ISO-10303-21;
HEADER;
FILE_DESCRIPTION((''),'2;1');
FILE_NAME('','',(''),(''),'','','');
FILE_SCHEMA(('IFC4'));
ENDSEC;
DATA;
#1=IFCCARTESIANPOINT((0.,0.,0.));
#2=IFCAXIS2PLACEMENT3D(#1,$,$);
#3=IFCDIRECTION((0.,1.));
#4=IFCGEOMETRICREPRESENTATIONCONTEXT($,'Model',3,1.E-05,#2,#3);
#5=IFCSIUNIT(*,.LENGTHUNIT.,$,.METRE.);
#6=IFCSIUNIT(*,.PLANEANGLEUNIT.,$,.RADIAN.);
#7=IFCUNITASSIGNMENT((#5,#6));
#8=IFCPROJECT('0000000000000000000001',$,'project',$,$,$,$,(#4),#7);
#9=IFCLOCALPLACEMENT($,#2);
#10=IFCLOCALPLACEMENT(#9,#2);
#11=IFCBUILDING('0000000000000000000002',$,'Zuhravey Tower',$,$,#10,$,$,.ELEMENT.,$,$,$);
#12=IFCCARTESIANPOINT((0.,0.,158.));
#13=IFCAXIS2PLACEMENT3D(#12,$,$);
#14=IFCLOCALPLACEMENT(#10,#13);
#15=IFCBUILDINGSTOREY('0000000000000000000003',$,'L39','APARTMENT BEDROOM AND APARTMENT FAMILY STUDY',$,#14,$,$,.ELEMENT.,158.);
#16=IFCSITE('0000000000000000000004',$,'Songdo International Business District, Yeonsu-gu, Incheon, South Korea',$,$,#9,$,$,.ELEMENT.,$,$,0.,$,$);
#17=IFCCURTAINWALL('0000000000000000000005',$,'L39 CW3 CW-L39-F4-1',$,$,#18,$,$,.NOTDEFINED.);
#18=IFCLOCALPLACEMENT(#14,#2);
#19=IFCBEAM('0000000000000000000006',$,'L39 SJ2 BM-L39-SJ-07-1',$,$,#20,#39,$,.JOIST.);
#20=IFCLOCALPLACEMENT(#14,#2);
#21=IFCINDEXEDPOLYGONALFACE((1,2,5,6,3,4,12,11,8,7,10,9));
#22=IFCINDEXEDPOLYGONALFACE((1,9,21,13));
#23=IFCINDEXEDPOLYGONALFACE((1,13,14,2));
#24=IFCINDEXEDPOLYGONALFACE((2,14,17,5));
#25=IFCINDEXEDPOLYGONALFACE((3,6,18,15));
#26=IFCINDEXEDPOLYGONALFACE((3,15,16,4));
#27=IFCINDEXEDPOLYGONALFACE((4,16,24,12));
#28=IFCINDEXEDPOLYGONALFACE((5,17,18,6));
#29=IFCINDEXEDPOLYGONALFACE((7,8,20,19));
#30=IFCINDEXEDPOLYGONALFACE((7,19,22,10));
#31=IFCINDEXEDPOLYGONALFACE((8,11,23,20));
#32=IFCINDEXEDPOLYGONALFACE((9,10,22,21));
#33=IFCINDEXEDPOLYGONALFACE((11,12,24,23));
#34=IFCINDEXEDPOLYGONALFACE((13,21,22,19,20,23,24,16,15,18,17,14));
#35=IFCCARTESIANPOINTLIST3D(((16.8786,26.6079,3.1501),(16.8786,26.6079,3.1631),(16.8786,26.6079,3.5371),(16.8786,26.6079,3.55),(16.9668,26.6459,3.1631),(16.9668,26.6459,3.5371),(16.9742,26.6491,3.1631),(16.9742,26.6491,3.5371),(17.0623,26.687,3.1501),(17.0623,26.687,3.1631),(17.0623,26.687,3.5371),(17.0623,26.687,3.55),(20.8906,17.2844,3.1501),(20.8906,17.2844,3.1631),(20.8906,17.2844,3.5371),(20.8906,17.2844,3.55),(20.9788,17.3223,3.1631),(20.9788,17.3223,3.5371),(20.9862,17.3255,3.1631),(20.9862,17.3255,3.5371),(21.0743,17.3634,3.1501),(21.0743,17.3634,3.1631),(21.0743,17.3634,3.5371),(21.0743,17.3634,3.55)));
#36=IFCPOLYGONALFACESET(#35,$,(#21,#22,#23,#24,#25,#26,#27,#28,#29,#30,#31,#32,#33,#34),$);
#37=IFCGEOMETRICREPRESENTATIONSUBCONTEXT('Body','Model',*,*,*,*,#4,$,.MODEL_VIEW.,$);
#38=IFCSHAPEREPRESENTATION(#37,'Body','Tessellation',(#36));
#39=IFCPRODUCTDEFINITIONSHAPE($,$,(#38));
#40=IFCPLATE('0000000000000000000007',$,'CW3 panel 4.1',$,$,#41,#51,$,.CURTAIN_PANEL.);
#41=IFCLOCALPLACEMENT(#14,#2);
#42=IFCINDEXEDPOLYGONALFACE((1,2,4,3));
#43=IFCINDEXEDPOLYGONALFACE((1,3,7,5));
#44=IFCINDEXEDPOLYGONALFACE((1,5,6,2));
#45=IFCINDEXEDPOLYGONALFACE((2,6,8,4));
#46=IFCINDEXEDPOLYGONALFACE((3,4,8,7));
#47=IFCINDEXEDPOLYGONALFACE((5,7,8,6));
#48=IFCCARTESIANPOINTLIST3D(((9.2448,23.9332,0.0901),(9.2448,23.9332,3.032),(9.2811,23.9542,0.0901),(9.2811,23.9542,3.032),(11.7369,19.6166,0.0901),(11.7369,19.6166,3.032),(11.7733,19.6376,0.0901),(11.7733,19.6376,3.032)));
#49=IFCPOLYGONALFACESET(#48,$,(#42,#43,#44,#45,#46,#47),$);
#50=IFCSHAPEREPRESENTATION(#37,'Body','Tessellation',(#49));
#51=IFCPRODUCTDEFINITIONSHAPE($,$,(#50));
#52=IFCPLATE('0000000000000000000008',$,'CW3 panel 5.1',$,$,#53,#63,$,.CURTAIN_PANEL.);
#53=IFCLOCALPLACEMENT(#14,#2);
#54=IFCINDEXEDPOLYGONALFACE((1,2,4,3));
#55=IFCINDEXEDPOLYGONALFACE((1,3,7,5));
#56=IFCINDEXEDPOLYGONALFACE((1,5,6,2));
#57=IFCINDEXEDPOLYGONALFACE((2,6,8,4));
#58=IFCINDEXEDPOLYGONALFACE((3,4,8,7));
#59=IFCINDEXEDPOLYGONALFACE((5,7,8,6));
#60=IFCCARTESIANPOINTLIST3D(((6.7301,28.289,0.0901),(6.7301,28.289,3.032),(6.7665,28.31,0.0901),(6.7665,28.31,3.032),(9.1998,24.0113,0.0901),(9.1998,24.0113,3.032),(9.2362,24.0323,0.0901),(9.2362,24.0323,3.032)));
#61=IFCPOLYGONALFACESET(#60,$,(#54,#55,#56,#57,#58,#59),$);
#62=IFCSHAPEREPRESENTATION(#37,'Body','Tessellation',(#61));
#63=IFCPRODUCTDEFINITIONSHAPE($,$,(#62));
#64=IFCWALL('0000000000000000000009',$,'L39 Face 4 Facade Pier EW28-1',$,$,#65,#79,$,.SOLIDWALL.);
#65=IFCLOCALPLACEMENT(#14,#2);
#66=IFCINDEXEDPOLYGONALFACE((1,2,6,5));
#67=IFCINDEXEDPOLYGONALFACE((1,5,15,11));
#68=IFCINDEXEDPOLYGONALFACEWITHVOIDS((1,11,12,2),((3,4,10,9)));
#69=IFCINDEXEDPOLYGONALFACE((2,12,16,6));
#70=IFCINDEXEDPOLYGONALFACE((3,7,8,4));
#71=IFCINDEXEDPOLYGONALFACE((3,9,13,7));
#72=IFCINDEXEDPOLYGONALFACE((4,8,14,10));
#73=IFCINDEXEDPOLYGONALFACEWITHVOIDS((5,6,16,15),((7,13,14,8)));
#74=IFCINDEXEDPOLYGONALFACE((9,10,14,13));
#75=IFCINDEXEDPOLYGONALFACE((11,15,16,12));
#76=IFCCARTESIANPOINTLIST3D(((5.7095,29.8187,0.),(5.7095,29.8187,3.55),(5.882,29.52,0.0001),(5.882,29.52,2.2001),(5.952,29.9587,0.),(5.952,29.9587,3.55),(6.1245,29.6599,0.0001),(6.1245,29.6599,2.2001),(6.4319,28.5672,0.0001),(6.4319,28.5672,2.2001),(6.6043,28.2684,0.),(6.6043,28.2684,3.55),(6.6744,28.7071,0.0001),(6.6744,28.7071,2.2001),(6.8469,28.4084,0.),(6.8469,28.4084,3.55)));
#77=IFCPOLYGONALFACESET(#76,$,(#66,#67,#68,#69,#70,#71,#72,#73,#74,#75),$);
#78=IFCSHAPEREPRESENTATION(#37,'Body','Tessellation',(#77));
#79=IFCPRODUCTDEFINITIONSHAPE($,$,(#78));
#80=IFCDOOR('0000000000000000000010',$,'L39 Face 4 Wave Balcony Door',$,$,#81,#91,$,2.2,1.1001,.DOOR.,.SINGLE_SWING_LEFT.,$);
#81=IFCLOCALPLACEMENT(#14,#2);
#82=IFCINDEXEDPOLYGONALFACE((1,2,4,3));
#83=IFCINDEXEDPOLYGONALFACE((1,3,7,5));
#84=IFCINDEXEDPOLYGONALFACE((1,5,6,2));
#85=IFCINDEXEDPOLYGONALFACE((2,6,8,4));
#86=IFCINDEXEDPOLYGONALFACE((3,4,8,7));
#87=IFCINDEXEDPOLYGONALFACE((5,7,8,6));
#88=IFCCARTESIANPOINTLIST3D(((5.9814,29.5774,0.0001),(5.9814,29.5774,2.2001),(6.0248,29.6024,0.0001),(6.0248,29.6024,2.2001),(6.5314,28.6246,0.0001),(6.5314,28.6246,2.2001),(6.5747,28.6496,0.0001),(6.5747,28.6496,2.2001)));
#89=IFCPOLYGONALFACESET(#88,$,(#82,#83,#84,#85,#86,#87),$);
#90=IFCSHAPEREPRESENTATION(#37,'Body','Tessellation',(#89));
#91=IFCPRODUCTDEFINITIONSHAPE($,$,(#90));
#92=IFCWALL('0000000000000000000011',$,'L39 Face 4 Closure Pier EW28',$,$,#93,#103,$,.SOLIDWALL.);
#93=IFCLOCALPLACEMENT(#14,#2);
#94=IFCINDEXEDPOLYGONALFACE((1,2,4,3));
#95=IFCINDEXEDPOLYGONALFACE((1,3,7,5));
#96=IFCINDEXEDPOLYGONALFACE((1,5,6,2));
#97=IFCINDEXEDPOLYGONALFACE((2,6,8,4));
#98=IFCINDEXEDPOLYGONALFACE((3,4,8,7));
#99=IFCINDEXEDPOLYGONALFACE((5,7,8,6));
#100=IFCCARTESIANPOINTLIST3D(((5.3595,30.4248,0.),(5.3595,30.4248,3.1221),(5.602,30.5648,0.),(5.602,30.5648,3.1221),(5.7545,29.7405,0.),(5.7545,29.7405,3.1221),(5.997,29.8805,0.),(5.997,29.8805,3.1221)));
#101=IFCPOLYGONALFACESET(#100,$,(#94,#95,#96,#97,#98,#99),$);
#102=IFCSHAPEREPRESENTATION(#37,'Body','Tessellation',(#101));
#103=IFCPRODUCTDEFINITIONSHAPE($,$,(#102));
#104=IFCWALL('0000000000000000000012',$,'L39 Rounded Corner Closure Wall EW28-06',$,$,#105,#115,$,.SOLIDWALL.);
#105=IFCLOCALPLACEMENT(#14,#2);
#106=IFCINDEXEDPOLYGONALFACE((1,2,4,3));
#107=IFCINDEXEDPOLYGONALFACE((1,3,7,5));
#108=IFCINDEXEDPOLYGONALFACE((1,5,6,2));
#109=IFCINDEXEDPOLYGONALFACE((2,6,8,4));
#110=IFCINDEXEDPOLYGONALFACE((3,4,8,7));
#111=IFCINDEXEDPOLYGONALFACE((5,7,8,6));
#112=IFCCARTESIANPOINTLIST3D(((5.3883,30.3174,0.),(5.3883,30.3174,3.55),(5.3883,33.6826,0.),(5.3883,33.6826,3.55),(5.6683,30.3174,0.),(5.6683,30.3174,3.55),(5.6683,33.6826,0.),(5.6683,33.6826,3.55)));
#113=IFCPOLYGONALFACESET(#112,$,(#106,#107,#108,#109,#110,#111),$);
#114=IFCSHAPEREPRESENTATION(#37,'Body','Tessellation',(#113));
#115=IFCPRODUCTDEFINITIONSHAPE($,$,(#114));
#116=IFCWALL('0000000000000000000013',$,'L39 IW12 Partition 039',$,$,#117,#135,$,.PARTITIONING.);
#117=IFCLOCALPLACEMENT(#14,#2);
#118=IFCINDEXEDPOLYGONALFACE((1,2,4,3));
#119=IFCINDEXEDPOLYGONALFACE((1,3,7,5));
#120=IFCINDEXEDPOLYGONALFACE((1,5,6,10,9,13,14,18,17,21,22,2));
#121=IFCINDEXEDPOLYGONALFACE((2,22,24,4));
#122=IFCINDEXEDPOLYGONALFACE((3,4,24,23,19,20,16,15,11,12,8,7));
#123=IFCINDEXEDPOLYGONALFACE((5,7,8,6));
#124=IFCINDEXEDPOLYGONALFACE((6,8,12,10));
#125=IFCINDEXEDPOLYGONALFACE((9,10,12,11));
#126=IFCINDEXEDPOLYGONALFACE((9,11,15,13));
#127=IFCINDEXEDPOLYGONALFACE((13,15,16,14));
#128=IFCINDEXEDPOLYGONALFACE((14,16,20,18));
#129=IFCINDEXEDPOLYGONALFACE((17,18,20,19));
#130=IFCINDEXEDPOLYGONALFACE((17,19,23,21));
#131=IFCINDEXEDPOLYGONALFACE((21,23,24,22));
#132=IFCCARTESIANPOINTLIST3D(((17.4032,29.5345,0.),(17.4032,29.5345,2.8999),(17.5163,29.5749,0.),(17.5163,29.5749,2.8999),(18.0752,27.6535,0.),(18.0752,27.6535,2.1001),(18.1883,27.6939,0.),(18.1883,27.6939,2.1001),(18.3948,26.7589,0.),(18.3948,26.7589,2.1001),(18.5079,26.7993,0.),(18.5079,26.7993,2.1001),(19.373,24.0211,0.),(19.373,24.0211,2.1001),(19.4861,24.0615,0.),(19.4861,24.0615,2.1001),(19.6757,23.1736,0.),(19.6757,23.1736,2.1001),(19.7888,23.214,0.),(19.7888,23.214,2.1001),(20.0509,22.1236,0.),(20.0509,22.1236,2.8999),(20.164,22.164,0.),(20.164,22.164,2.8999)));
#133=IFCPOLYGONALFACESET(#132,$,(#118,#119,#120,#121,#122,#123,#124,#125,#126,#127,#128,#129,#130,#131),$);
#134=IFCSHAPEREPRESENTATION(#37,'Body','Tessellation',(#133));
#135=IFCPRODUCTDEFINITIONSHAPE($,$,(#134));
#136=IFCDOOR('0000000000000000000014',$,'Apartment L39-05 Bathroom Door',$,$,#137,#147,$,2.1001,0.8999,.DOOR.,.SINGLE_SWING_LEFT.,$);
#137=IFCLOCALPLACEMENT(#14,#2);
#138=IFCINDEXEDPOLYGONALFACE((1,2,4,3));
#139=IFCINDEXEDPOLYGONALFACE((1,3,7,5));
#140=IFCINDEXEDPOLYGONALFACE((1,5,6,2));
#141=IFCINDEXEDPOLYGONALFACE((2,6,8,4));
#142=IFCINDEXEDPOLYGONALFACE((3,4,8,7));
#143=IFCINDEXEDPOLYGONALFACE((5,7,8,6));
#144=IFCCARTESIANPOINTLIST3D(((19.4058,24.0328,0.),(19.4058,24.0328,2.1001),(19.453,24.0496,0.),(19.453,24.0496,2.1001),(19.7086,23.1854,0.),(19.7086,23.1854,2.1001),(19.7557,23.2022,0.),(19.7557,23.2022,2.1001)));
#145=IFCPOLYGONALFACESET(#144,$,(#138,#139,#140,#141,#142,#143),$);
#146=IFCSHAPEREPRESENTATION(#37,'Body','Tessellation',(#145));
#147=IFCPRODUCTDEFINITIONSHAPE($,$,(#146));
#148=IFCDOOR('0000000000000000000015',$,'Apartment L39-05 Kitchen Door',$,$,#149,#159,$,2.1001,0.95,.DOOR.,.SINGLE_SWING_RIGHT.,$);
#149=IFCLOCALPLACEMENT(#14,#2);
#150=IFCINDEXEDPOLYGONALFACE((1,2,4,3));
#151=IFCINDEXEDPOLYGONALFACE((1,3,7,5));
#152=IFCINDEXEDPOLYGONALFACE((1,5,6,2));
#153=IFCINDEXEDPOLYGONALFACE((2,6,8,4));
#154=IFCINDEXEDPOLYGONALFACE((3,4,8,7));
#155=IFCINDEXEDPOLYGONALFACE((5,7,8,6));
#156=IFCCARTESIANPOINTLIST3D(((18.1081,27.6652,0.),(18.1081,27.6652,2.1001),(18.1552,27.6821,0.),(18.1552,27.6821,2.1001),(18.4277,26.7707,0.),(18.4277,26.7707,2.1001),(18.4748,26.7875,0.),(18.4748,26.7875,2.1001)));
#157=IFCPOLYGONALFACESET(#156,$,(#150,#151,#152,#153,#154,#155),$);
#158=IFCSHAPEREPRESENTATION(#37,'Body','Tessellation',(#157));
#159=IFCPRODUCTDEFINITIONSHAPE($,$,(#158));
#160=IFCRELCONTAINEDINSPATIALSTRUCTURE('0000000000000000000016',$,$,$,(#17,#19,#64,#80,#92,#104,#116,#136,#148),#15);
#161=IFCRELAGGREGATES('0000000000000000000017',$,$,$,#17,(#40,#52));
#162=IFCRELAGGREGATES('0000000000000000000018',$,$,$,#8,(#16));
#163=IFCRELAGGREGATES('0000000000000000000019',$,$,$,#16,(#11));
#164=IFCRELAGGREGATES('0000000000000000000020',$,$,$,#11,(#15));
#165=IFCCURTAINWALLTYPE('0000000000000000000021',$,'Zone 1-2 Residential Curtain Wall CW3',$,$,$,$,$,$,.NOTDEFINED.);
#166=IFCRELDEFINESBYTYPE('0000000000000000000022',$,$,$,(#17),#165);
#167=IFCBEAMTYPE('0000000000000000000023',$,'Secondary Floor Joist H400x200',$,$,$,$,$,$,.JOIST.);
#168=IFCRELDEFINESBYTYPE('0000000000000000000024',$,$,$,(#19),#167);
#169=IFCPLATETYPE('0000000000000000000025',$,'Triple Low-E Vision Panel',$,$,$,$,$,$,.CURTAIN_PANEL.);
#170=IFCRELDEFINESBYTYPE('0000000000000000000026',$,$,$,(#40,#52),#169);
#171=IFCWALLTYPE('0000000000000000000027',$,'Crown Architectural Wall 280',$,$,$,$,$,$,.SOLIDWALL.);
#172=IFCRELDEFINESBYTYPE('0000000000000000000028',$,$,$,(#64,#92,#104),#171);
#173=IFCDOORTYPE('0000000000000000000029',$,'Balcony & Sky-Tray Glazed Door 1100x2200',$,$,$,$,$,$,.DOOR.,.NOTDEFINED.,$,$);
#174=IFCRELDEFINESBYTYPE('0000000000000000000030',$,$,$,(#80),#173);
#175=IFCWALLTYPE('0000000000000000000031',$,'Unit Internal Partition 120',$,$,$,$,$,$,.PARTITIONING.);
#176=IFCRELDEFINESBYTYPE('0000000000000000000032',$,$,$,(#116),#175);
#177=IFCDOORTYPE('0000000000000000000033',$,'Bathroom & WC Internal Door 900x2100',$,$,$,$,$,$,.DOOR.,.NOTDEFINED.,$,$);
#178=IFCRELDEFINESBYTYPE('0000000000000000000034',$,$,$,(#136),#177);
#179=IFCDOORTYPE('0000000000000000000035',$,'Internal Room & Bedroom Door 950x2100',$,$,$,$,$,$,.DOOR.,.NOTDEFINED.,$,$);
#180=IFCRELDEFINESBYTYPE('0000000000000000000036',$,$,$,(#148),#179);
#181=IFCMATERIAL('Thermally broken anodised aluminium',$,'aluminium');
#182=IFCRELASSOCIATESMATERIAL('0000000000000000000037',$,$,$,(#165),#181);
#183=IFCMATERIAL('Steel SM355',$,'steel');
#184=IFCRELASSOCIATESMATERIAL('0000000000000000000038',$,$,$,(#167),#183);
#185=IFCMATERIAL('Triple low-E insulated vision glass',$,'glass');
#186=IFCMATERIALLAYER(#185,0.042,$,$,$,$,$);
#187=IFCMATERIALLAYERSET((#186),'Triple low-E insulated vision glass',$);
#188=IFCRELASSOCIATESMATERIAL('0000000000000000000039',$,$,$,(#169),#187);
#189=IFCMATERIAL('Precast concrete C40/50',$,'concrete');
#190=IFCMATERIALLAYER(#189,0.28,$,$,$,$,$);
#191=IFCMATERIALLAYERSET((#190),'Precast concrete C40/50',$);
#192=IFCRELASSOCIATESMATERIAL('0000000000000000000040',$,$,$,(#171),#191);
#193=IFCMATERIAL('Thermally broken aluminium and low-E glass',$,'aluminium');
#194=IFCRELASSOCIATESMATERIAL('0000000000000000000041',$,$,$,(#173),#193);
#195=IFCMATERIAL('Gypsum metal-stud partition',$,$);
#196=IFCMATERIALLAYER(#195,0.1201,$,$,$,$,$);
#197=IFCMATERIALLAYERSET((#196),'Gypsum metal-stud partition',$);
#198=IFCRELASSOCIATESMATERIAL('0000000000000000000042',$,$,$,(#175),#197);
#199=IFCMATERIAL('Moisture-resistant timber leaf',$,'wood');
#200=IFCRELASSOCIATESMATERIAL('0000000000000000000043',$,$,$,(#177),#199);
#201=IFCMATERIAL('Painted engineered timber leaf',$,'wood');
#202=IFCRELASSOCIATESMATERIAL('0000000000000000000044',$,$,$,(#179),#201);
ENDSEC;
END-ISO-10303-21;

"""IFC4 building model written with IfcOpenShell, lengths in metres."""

from ifc_helpers import new_model, si_unit, direction, frame, frame_2d, origin, origin_2d, place, context, subcontext, project, spatial, rectangle, i_section, extrude, material, layer, layer_set, material_profile, profile_set, type_object, element, fill, aggregate, save


model = new_model("IFC4")

# Units and contexts
model_context = context("Model", 3, precision=1e-05, world=origin(), true_north=direction((0.0, 1.0)))
body_context = subcontext(model_context, "Body", "Model", "MODEL_VIEW")
ifc_project = project(units=[si_unit("LENGTHUNIT", "METRE"), si_unit("PLANEANGLEUNIT", "RADIAN")], contexts=[model_context])

# Site, building, storey
site_placement = place(None, origin())
site = spatial("IfcSite", under=ifc_project, at=site_placement, Name="Songdo International Business District, Yeonsu-gu, Incheon, South Korea", CompositionType="ELEMENT", RefElevation=0.0)
building_placement = place(site_placement, origin())
building = spatial("IfcBuilding", under=site, at=building_placement, Name="Zuhravey Tower", CompositionType="ELEMENT")
storey_placement = place(building_placement, frame((0.0, 0.0, 158.0)))
storey = spatial("IfcBuildingStorey", under=building, at=storey_placement, Name="L39", Description="APARTMENT BEDROOM AND APARTMENT FAMILY STUDY", CompositionType="ELEMENT", Elevation=158.0)

# Curtain wall
ifc_material_1 = material(Name="Thermally broken anodised aluminium", Category="aluminium")
curtain_wall_type = type_object("IfcCurtainWallType", Name="Zone 1-2 Residential Curtain Wall CW3", PredefinedType="NOTDEFINED", material=ifc_material_1)
curtain_wall_placement = place(storey_placement, origin())
curtain_wall = element("IfcCurtainWall", 1, at=curtain_wall_placement, inside=storey, type_object=curtain_wall_type, Name="L39 CW3 CW-L39-F4-1", PredefinedType="NOTDEFINED")

# Beam
ifc_material_2 = material(Name="Steel SM355", Category="steel")
ifc_material_profile_1 = material_profile(ifc_material_2, i_section(OverallWidth=0.2, OverallDepth=0.3999, WebThickness=0.0081, FlangeThickness=0.0129, at=origin_2d()), Name="H-400x200x8x13")
ifc_profile_set_1 = profile_set([ifc_material_profile_1], Name="Steel SM355")
beam_type_1 = type_object("IfcBeamType", Name="Secondary Floor Joist H400x200", PredefinedType="JOIST", material=ifc_profile_set_1)
beam_1_placement = place(storey_placement, frame((16.9705, 26.6475, 3.3501), z_axis=(0.395266, -0.918567, 0.0), x_axis=(0.918567, 0.395266, 0.0)))
element("IfcBeam", 2, at=beam_1_placement, inside=storey, type_object=beam_type_1, Name="L39 SJ2 BM-L39-SJ-07-1", PredefinedType="JOIST", context=body_context, shape_type="SweptSolid", body=[
    extrude(i_section(OverallWidth=0.2, OverallDepth=0.3999, WebThickness=0.0081, FlangeThickness=0.0129, at=origin_2d()), origin(), (0.0, 0.0, 1.0), 10.1501),
])

# Plates
ifc_material_3 = material(Name="Triple low-E insulated vision glass", Category="glass")
ifc_layer_1 = layer(ifc_material_3, 0.042)
ifc_layer_set_1 = layer_set([ifc_layer_1], Name="Triple low-E insulated vision glass")
plate_type = type_object("IfcPlateType", Name="Triple Low-E Vision Panel", PredefinedType="CURTAIN_PANEL", material=ifc_layer_set_1)
plate_1_placement = place(storey_placement, frame((10.509, 21.7854, 0.0901), z_axis=(0.0, 0.0, 1.0), x_axis=(-0.499999, 0.866026, 0.0)))
plate_1 = element("IfcPlate", 3, at=plate_1_placement, type_object=plate_type, Name="CW3 panel 4.1", PredefinedType="CURTAIN_PANEL", context=body_context, shape_type="SweptSolid", body=[
    extrude(rectangle(XDim=4.9844, YDim=0.042, at=origin_2d()), origin(), (0.0, 0.0, 1.0), 2.9419),
])
plate_2_placement = place(storey_placement, frame((7.9832, 26.1606, 0.0901), z_axis=(0.0, 0.0, 1.0), x_axis=(-0.499999, 0.866026, 0.0)))
plate_2 = element("IfcPlate", 4, at=plate_2_placement, type_object=plate_type, Name="CW3 panel 5.1", PredefinedType="CURTAIN_PANEL", context=body_context, shape_type="SweptSolid", body=[
    extrude(rectangle(XDim=4.9395, YDim=0.042, at=origin_2d()), origin(), (0.0, 0.0, 1.0), 2.9419),
])
aggregate(curtain_wall, [plate_1, plate_2])

# Wall, opening, door
ifc_material_4 = material(Name="Precast concrete C40/50", Category="concrete")
ifc_layer_2 = layer(ifc_material_4, 0.28)
ifc_layer_set_2 = layer_set([ifc_layer_2], Name="Precast concrete C40/50")
wall_type_1 = type_object("IfcWallType", Name="Crown Architectural Wall 280", PredefinedType="SOLIDWALL", material=ifc_layer_set_2)
wall_1_placement = place(storey_placement, frame((6.7256, 28.3384, 0.0), z_axis=(0.0, 0.0, 1.0), x_axis=(-0.49988, 0.866095, 0.0)))
wall_1 = element("IfcWall", 5, at=wall_1_placement, inside=storey, type_object=wall_type_1, Name="L39 Face 4 Facade Pier EW28-1", PredefinedType="SOLIDWALL", context=body_context, shape_type="SweptSolid", body=[
    extrude(rectangle(XDim=1.79, YDim=0.28, at=frame_2d((0.895, 0.0))), origin(), (0.0, 0.0, 1.0), 3.55),
])
opening_1_placement = place(wall_1_placement, frame((0.345, 0.0, 0.0)))
opening_1 = element("IfcOpeningElement", 6, at=opening_1_placement, cuts=wall_1, PredefinedType="OPENING", context=body_context, shape_type="SweptSolid", body=[
    extrude(rectangle(XDim=1.1001, YDim=2.2, at=frame_2d((0.55, 1.1001))), frame((0.0, 0.1521, 0.0), z_axis=(0.0, -1.0, 0.0), x_axis=(1.0, 0.0, 0.0)), (0.0, 0.0, 1.0), 0.304),
])
ifc_material_5 = material(Name="Thermally broken aluminium and low-E glass", Category="aluminium")
door_type_1 = type_object("IfcDoorType", Name="Balcony & Sky-Tray Glazed Door 1100x2200", OperationType="NOTDEFINED", PredefinedType="DOOR", material=ifc_material_5)
door_1_placement = place(opening_1_placement, frame((1.1001, 0.0, 0.0), z_axis=(0.0, 0.0, 1.0), x_axis=(-1.0, 0.0, 0.0)))
door_1 = element("IfcDoor", 7, at=door_1_placement, inside=storey, type_object=door_type_1, Name="L39 Face 4 Wave Balcony Door", OperationType="SINGLE_SWING_LEFT", OverallHeight=2.2, OverallWidth=1.1001, PredefinedType="DOOR", context=body_context, shape_type="SweptSolid", body=[
    extrude(rectangle(XDim=1.1001, YDim=2.2, at=frame_2d((0.55, 1.1001))), frame((0.0, 0.0249, 0.0), z_axis=(0.0, -1.0, 0.0), x_axis=(1.0, 0.0, 0.0)), (0.0, 0.0, 1.0), 0.05),
])
fill(opening_1, door_1)

# Walls
wall_2_placement = place(storey_placement, frame((5.8757, 29.8105, 0.0), z_axis=(0.0, 0.0, 1.0), x_axis=(-0.499928, 0.866067, 0.0)))
element("IfcWall", 8, at=wall_2_placement, inside=storey, type_object=wall_type_1, Name="L39 Face 4 Closure Pier EW28", PredefinedType="SOLIDWALL", context=body_context, shape_type="SweptSolid", body=[
    extrude(rectangle(XDim=0.79, YDim=0.28, at=frame_2d((0.395, 0.0))), origin(), (0.0, 0.0, 1.0), 3.1221),
])
wall_3_placement = place(storey_placement, frame((5.5283, 30.3174, 0.0), z_axis=(0.0, 0.0, 1.0), x_axis=(0.0, 1.0, 0.0)))
element("IfcWall", 9, at=wall_3_placement, inside=storey, type_object=wall_type_1, Name="L39 Rounded Corner Closure Wall EW28-06", PredefinedType="SOLIDWALL", context=body_context, shape_type="SweptSolid", body=[
    extrude(rectangle(XDim=3.3652, YDim=0.28, at=frame_2d((1.6826, 0.0))), origin(), (0.0, 0.0, 1.0), 3.55),
])

# Wall, openings, doors
ifc_material_6 = material(Name="Gypsum metal-stud partition")
ifc_layer_3 = layer(ifc_material_6, 0.1201)
ifc_layer_set_3 = layer_set([ifc_layer_3], Name="Gypsum metal-stud partition")
wall_type_2 = type_object("IfcWallType", Name="Unit Internal Partition 120", PredefinedType="PARTITIONING", material=ifc_layer_set_3)
wall_4_placement = place(storey_placement, frame((17.4597, 29.5547, 0.0), z_axis=(0.0, 0.0, 1.0), x_axis=(0.336444, -0.941703, 0.0)))
wall_4 = element("IfcWall", 10, at=wall_4_placement, inside=storey, type_object=wall_type_2, Name="L39 IW12 Partition 039", PredefinedType="PARTITIONING", context=body_context, shape_type="SweptSolid", body=[
    extrude(rectangle(XDim=7.8696, YDim=0.1201, at=frame_2d((3.9348, 0.0))), origin(), (0.0, 0.0, 1.0), 2.8999),
])
opening_2_placement = place(wall_4_placement, frame((1.9973, 0.0, 0.0)))
opening_2 = element("IfcOpeningElement", 11, at=opening_2_placement, cuts=wall_4, PredefinedType="OPENING", context=body_context, shape_type="SweptSolid", body=[
    extrude(rectangle(XDim=0.95, YDim=2.1001, at=frame_2d((0.4751, 1.05))), frame((0.0, 0.072, 0.0), z_axis=(0.0, -1.0, 0.0), x_axis=(1.0, 0.0, 0.0)), (0.0, 0.0, 1.0), 0.144),
])
opening_3_placement = place(wall_4_placement, frame((5.8547, 0.0, 0.0)))
opening_3 = element("IfcOpeningElement", 12, at=opening_3_placement, cuts=wall_4, PredefinedType="OPENING", context=body_context, shape_type="SweptSolid", body=[
    extrude(rectangle(XDim=0.8999, YDim=2.1001, at=frame_2d((0.45, 1.05))), frame((0.0, 0.072, 0.0), z_axis=(0.0, -1.0, 0.0), x_axis=(1.0, 0.0, 0.0)), (0.0, 0.0, 1.0), 0.144),
])
ifc_material_7 = material(Name="Moisture-resistant timber leaf", Category="wood")
door_type_2 = type_object("IfcDoorType", Name="Bathroom & WC Internal Door 900x2100", OperationType="NOTDEFINED", PredefinedType="DOOR", material=ifc_material_7)
door_2_placement = place(opening_3_placement, origin())
door_2 = element("IfcDoor", 13, at=door_2_placement, inside=storey, type_object=door_type_2, Name="Apartment L39-05 Bathroom Door", OperationType="SINGLE_SWING_LEFT", OverallHeight=2.1001, OverallWidth=0.8999, PredefinedType="DOOR", context=body_context, shape_type="SweptSolid", body=[
    extrude(rectangle(XDim=0.8999, YDim=2.1001, at=frame_2d((0.45, 1.05))), frame((0.0, 0.0249, 0.0), z_axis=(0.0, -1.0, 0.0), x_axis=(1.0, 0.0, 0.0)), (0.0, 0.0, 1.0), 0.05),
])
fill(opening_3, door_2)
ifc_material_8 = material(Name="Painted engineered timber leaf", Category="wood")
door_type_3 = type_object("IfcDoorType", Name="Internal Room & Bedroom Door 950x2100", OperationType="NOTDEFINED", PredefinedType="DOOR", material=ifc_material_8)
door_3_placement = place(opening_2_placement, origin())
door_3 = element("IfcDoor", 14, at=door_3_placement, inside=storey, type_object=door_type_3, Name="Apartment L39-05 Kitchen Door", OperationType="SINGLE_SWING_RIGHT", OverallHeight=2.1001, OverallWidth=0.95, PredefinedType="DOOR", context=body_context, shape_type="SweptSolid", body=[
    extrude(rectangle(XDim=0.95, YDim=2.1001, at=frame_2d((0.4751, 1.05))), frame((0.0, 0.0249, 0.0), z_axis=(0.0, -1.0, 0.0), x_axis=(1.0, 0.0, 0.0)), (0.0, 0.0, 1.0), 0.05),
])
fill(opening_2, door_3)

save(model, "model.ifc")
